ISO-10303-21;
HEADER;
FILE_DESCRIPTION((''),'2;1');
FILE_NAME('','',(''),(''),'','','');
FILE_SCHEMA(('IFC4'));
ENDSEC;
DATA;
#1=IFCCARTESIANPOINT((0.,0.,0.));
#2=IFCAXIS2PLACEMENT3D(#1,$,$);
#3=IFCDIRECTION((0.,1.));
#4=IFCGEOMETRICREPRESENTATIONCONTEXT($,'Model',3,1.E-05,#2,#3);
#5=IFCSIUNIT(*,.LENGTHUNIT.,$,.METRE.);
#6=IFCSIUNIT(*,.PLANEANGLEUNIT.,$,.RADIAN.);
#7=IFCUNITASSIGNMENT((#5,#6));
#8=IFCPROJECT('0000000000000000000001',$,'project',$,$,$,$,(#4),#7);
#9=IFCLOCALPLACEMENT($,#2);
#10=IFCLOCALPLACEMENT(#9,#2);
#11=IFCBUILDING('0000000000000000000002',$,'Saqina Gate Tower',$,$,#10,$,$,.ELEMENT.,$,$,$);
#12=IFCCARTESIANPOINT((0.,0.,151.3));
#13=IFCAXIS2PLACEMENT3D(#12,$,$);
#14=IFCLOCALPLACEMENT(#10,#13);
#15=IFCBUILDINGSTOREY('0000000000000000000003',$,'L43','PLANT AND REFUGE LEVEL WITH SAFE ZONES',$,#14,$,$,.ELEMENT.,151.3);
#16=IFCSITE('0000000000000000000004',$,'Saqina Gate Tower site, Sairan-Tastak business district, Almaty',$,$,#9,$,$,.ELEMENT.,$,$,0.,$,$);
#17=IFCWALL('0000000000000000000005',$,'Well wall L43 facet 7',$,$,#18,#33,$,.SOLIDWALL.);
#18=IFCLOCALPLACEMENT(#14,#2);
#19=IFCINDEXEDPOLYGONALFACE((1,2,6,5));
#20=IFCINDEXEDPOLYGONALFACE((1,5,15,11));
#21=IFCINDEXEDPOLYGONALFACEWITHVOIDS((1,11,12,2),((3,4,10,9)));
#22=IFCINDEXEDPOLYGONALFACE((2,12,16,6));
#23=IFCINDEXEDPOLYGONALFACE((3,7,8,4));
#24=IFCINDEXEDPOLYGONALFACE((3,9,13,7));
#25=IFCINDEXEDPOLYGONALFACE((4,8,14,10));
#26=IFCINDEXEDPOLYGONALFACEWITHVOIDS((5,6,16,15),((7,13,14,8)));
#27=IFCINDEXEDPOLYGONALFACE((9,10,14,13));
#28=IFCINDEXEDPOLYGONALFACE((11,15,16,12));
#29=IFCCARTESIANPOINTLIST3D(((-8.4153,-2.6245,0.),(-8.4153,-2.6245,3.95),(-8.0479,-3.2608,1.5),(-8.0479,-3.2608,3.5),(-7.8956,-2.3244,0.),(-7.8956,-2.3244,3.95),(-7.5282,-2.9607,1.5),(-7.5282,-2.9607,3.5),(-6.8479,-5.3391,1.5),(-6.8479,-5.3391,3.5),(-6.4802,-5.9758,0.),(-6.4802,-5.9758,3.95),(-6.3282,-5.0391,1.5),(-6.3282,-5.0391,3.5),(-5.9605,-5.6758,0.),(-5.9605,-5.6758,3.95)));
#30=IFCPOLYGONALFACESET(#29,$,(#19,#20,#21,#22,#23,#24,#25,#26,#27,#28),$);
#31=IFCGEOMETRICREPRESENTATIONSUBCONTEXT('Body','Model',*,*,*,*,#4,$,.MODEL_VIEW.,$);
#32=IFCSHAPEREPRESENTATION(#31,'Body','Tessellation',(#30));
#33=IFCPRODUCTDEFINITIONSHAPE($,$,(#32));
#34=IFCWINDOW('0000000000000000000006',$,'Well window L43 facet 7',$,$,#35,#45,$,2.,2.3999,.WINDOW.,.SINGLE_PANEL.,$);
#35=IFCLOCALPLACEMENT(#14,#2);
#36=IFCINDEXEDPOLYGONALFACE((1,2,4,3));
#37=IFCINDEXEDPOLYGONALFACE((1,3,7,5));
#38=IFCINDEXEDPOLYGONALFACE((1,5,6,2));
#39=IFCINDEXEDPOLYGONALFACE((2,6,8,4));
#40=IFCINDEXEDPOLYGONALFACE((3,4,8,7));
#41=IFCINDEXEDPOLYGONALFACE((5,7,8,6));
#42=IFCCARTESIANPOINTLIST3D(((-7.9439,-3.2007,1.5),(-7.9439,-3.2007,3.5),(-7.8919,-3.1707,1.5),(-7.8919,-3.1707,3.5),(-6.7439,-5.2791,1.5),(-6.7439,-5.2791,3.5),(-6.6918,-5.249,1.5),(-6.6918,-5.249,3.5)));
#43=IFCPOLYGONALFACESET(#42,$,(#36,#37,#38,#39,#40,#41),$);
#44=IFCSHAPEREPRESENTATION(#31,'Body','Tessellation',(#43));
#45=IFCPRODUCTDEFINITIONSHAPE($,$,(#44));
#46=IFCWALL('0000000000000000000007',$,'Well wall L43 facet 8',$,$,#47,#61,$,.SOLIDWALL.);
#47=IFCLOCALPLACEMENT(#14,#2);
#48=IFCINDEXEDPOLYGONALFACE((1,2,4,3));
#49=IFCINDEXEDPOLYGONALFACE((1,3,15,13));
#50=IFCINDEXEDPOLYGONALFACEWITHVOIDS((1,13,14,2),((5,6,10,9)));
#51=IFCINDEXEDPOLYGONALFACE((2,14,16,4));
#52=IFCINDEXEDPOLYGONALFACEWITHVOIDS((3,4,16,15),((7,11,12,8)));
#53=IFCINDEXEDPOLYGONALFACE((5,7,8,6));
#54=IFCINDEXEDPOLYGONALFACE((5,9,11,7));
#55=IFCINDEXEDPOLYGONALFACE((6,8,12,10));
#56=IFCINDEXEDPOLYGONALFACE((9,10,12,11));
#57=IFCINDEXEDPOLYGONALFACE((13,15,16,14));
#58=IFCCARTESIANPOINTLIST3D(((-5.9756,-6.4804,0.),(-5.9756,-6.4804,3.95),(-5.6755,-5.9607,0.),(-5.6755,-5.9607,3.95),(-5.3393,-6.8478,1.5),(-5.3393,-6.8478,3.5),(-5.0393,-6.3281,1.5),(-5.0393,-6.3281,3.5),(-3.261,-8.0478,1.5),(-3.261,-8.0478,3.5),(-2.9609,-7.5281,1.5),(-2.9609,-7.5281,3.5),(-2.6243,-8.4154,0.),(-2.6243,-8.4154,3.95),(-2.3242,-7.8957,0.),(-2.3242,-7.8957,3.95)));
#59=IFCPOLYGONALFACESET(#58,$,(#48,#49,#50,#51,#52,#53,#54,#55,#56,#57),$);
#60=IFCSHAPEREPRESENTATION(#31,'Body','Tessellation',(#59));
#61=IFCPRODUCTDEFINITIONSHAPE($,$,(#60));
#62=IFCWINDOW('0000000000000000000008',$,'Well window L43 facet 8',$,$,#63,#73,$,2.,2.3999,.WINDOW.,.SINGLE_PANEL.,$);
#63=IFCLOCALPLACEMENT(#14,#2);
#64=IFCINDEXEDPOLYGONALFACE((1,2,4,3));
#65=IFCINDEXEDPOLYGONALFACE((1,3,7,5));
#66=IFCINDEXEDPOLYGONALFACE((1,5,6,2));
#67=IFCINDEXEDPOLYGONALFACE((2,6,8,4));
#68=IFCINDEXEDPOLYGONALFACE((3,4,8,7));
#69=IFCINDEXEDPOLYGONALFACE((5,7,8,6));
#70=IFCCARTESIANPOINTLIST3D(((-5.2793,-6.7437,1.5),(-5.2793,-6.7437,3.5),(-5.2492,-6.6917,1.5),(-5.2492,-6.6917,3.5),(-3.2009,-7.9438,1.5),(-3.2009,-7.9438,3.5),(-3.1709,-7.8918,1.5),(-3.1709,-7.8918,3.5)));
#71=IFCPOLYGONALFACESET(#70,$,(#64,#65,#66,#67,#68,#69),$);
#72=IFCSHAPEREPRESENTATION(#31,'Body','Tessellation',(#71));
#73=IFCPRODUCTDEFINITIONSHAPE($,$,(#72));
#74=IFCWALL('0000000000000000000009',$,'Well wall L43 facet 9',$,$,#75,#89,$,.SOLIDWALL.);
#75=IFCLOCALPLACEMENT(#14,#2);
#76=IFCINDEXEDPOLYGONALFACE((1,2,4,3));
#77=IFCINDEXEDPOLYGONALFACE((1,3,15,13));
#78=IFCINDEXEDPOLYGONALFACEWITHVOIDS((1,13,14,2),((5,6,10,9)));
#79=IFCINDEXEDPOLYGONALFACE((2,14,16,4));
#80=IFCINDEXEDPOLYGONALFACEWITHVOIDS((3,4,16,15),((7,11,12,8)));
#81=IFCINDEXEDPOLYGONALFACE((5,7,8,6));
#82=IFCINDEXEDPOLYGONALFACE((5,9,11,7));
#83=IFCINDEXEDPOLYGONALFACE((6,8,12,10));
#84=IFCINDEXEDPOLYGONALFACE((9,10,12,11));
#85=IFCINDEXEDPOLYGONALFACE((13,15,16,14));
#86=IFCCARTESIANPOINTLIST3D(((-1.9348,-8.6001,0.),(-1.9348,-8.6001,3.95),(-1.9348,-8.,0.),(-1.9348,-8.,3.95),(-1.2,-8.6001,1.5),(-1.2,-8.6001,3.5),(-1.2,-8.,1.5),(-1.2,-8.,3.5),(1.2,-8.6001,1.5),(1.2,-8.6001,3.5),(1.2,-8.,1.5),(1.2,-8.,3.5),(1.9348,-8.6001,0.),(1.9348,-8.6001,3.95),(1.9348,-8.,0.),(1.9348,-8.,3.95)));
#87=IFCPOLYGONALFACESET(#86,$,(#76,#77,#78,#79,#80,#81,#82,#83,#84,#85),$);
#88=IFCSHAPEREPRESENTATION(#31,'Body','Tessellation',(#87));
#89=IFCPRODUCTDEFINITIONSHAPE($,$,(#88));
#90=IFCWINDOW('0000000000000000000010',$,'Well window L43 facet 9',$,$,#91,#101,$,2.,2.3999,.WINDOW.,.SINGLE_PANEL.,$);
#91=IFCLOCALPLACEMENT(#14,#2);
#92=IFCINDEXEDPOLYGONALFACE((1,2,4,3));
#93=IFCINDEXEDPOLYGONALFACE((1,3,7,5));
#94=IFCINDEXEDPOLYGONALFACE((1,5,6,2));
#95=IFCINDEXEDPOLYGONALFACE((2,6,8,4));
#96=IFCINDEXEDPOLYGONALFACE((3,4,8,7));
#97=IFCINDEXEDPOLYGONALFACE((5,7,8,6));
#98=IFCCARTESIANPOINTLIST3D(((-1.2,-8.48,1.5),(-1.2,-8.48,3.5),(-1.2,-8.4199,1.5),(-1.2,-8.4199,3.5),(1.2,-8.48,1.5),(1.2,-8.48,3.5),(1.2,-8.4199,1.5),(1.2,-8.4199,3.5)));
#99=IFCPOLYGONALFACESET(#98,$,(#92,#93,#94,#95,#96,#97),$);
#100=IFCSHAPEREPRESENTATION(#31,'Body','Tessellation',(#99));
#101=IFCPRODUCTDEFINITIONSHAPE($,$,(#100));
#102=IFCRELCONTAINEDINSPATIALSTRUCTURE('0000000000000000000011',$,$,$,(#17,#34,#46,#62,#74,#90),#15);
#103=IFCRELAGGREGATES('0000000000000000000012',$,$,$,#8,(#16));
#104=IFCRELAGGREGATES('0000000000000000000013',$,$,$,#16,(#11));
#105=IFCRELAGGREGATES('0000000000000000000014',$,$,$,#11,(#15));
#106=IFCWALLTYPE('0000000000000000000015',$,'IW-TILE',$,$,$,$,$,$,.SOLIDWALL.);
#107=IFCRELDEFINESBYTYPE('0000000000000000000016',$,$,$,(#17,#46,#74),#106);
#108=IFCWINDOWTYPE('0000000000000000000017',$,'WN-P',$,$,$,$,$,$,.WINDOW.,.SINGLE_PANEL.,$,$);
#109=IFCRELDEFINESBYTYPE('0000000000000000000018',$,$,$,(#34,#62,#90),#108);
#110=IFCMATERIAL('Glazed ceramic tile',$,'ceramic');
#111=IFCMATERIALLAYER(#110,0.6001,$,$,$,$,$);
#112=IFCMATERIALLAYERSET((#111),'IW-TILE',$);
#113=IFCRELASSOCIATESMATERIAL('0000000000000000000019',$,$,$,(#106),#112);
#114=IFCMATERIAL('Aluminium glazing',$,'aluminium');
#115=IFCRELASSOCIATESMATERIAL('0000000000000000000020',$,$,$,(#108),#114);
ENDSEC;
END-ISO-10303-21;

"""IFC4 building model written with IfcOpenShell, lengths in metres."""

from ifc_helpers import new_model, si_unit, direction, frame, frame_2d, origin, place, context, subcontext, project, spatial, rectangle, extrude, material, layer, layer_set, type_object, element, fill, save


model = new_model("IFC4")

# Units and contexts
model_context = context("Model", 3, precision=1e-05, world=origin(), true_north=direction((0.0, 1.0)))
body_context = subcontext(model_context, "Body", "Model", "MODEL_VIEW")
ifc_project = project(units=[si_unit("LENGTHUNIT", "METRE"), si_unit("PLANEANGLEUNIT", "RADIAN")], contexts=[model_context])

# Site, building, storey
site_placement = place(None, origin())
site = spatial("IfcSite", under=ifc_project, at=site_placement, Name="Saqina Gate Tower site, Sairan-Tastak business district, Almaty", CompositionType="ELEMENT", RefElevation=0.0)
building_placement = place(site_placement, origin())
building = spatial("IfcBuilding", under=site, at=building_placement, Name="Saqina Gate Tower", CompositionType="ELEMENT")
storey_placement = place(building_placement, frame((0.0, 0.0, 151.3)))
storey = spatial("IfcBuildingStorey", under=building, at=storey_placement, Name="L43", Description="PLANT AND REFUGE LEVEL WITH SAFE ZONES", CompositionType="ELEMENT", Elevation=151.3)

# Walls, openings, windows
ifc_material_1 = material(Name="Glazed ceramic tile", Category="ceramic")
ifc_layer_1 = layer(ifc_material_1, 0.6001)
ifc_layer_set_1 = layer_set([ifc_layer_1], Name="IW-TILE")
wall_type = type_object("IfcWallType", Name="IW-TILE", PredefinedType="SOLIDWALL", material=ifc_layer_set_1)
wall_1_placement = place(storey_placement, frame((-8.1555, -2.4744, 0.0), z_axis=(0.0, 0.0, 1.0), x_axis=(0.500034, -0.866006, 0.0)))
wall_1 = element("IfcWall", 1, at=wall_1_placement, inside=storey, type_object=wall_type, Name="Well wall L43 facet 7", PredefinedType="SOLIDWALL", context=body_context, shape_type="SweptSolid", body=[
    extrude(rectangle(XDim=3.8699, YDim=0.6001, at=frame_2d((1.9351, 0.0))), origin(), (0.0, 0.0, 1.0), 3.95),
])
opening_1_placement = place(wall_1_placement, frame((0.7349, 0.0, 1.5)))
opening_1 = element("IfcOpeningElement", 2, at=opening_1_placement, cuts=wall_1, PredefinedType="OPENING", context=body_context, shape_type="SweptSolid", body=[
    extrude(rectangle(XDim=2.3999, YDim=2.0, at=frame_2d((1.2, 1.0))), frame((0.0, 0.312, 0.0), z_axis=(0.0, -1.0, 0.0), x_axis=(1.0, 0.0, 0.0)), (0.0, 0.0, 1.0), 0.624),
])
ifc_material_2 = material(Name="Aluminium glazing", Category="aluminium")
window_type_1 = type_object("IfcWindowType", Name="WN-P", PartitioningType="SINGLE_PANEL", PredefinedType="WINDOW", material=ifc_material_2)
window_1_placement = place(opening_1_placement, origin())
window_1 = element("IfcWindow", 3, at=window_1_placement, inside=storey, type_object=window_type_1, Name="Well window L43 facet 7", OverallHeight=2.0, OverallWidth=2.3999, PartitioningType="SINGLE_PANEL", PredefinedType="WINDOW", context=body_context, shape_type="SweptSolid", body=[
    extrude(rectangle(XDim=2.3999, YDim=2.0, at=frame_2d((1.2, 1.0))), frame((0.0, -0.1199, 0.0), z_axis=(0.0, -1.0, 0.0), x_axis=(1.0, 0.0, 0.0)), (0.0, 0.0, 1.0), 0.0601),
])
fill(opening_1, window_1)
wall_2_placement = place(storey_placement, frame((-5.8257, -6.2205, 0.0), z_axis=(0.0, 0.0, 1.0), x_axis=(0.866006, -0.500034, 0.0)))
wall_2 = element("IfcWall", 4, at=wall_2_placement, inside=storey, type_object=wall_type, Name="Well wall L43 facet 8", PredefinedType="SOLIDWALL", context=body_context, shape_type="SweptSolid", body=[
    extrude(rectangle(XDim=3.8699, YDim=0.6001, at=frame_2d((1.9351, 0.0))), origin(), (0.0, 0.0, 1.0), 3.95),
])
opening_2_placement = place(wall_2_placement, frame((0.7349, 0.0, 1.5)))
opening_2 = element("IfcOpeningElement", 5, at=opening_2_placement, cuts=wall_2, PredefinedType="OPENING", context=body_context, shape_type="SweptSolid", body=[
    extrude(rectangle(XDim=2.3999, YDim=2.0, at=frame_2d((1.2, 1.0))), frame((0.0, 0.312, 0.0), z_axis=(0.0, -1.0, 0.0), x_axis=(1.0, 0.0, 0.0)), (0.0, 0.0, 1.0), 0.624),
])
window_2_placement = place(opening_2_placement, origin())
window_2 = element("IfcWindow", 6, at=window_2_placement, inside=storey, type_object=window_type_1, Name="Well window L43 facet 8", OverallHeight=2.0, OverallWidth=2.3999, PartitioningType="SINGLE_PANEL", PredefinedType="WINDOW", context=body_context, shape_type="SweptSolid", body=[
    extrude(rectangle(XDim=2.3999, YDim=2.0, at=frame_2d((1.2, 1.0))), frame((0.0, -0.1199, 0.0), z_axis=(0.0, -1.0, 0.0), x_axis=(1.0, 0.0, 0.0)), (0.0, 0.0, 1.0), 0.0601),
])
fill(opening_2, window_2)
wall_3_placement = place(storey_placement, frame((-1.9348, -8.3, 0.0), z_axis=(0.0, 0.0, 1.0), x_axis=(1.0, 0.0, 0.0)))
wall_3 = element("IfcWall", 7, at=wall_3_placement, inside=storey, type_object=wall_type, Name="Well wall L43 facet 9", PredefinedType="SOLIDWALL", context=body_context, shape_type="SweptSolid", body=[
    extrude(rectangle(XDim=3.8696, YDim=0.6001, at=frame_2d((1.9348, 0.0))), origin(), (0.0, 0.0, 1.0), 3.95),
])
opening_3_placement = place(wall_3_placement, frame((0.7349, 0.0, 1.5)))
opening_3 = element("IfcOpeningElement", 8, at=opening_3_placement, cuts=wall_3, PredefinedType="OPENING", context=body_context, shape_type="SweptSolid", body=[
    extrude(rectangle(XDim=2.3999, YDim=2.0, at=frame_2d((1.2, 1.0))), frame((0.0, 0.312, 0.0), z_axis=(0.0, -1.0, 0.0), x_axis=(1.0, 0.0, 0.0)), (0.0, 0.0, 1.0), 0.624),
])
window_3_placement = place(opening_3_placement, origin())
window_3 = element("IfcWindow", 9, at=window_3_placement, inside=storey, type_object=window_type_1, Name="Well window L43 facet 9", OverallHeight=2.0, OverallWidth=2.3999, PartitioningType="SINGLE_PANEL", PredefinedType="WINDOW", context=body_context, shape_type="SweptSolid", body=[
    extrude(rectangle(XDim=2.3999, YDim=2.0, at=frame_2d((1.2, 1.0))), frame((0.0, -0.1199, 0.0), z_axis=(0.0, -1.0, 0.0), x_axis=(1.0, 0.0, 0.0)), (0.0, 0.0, 1.0), 0.0601),
])
fill(opening_3, window_3)

save(model, "model.ifc")
